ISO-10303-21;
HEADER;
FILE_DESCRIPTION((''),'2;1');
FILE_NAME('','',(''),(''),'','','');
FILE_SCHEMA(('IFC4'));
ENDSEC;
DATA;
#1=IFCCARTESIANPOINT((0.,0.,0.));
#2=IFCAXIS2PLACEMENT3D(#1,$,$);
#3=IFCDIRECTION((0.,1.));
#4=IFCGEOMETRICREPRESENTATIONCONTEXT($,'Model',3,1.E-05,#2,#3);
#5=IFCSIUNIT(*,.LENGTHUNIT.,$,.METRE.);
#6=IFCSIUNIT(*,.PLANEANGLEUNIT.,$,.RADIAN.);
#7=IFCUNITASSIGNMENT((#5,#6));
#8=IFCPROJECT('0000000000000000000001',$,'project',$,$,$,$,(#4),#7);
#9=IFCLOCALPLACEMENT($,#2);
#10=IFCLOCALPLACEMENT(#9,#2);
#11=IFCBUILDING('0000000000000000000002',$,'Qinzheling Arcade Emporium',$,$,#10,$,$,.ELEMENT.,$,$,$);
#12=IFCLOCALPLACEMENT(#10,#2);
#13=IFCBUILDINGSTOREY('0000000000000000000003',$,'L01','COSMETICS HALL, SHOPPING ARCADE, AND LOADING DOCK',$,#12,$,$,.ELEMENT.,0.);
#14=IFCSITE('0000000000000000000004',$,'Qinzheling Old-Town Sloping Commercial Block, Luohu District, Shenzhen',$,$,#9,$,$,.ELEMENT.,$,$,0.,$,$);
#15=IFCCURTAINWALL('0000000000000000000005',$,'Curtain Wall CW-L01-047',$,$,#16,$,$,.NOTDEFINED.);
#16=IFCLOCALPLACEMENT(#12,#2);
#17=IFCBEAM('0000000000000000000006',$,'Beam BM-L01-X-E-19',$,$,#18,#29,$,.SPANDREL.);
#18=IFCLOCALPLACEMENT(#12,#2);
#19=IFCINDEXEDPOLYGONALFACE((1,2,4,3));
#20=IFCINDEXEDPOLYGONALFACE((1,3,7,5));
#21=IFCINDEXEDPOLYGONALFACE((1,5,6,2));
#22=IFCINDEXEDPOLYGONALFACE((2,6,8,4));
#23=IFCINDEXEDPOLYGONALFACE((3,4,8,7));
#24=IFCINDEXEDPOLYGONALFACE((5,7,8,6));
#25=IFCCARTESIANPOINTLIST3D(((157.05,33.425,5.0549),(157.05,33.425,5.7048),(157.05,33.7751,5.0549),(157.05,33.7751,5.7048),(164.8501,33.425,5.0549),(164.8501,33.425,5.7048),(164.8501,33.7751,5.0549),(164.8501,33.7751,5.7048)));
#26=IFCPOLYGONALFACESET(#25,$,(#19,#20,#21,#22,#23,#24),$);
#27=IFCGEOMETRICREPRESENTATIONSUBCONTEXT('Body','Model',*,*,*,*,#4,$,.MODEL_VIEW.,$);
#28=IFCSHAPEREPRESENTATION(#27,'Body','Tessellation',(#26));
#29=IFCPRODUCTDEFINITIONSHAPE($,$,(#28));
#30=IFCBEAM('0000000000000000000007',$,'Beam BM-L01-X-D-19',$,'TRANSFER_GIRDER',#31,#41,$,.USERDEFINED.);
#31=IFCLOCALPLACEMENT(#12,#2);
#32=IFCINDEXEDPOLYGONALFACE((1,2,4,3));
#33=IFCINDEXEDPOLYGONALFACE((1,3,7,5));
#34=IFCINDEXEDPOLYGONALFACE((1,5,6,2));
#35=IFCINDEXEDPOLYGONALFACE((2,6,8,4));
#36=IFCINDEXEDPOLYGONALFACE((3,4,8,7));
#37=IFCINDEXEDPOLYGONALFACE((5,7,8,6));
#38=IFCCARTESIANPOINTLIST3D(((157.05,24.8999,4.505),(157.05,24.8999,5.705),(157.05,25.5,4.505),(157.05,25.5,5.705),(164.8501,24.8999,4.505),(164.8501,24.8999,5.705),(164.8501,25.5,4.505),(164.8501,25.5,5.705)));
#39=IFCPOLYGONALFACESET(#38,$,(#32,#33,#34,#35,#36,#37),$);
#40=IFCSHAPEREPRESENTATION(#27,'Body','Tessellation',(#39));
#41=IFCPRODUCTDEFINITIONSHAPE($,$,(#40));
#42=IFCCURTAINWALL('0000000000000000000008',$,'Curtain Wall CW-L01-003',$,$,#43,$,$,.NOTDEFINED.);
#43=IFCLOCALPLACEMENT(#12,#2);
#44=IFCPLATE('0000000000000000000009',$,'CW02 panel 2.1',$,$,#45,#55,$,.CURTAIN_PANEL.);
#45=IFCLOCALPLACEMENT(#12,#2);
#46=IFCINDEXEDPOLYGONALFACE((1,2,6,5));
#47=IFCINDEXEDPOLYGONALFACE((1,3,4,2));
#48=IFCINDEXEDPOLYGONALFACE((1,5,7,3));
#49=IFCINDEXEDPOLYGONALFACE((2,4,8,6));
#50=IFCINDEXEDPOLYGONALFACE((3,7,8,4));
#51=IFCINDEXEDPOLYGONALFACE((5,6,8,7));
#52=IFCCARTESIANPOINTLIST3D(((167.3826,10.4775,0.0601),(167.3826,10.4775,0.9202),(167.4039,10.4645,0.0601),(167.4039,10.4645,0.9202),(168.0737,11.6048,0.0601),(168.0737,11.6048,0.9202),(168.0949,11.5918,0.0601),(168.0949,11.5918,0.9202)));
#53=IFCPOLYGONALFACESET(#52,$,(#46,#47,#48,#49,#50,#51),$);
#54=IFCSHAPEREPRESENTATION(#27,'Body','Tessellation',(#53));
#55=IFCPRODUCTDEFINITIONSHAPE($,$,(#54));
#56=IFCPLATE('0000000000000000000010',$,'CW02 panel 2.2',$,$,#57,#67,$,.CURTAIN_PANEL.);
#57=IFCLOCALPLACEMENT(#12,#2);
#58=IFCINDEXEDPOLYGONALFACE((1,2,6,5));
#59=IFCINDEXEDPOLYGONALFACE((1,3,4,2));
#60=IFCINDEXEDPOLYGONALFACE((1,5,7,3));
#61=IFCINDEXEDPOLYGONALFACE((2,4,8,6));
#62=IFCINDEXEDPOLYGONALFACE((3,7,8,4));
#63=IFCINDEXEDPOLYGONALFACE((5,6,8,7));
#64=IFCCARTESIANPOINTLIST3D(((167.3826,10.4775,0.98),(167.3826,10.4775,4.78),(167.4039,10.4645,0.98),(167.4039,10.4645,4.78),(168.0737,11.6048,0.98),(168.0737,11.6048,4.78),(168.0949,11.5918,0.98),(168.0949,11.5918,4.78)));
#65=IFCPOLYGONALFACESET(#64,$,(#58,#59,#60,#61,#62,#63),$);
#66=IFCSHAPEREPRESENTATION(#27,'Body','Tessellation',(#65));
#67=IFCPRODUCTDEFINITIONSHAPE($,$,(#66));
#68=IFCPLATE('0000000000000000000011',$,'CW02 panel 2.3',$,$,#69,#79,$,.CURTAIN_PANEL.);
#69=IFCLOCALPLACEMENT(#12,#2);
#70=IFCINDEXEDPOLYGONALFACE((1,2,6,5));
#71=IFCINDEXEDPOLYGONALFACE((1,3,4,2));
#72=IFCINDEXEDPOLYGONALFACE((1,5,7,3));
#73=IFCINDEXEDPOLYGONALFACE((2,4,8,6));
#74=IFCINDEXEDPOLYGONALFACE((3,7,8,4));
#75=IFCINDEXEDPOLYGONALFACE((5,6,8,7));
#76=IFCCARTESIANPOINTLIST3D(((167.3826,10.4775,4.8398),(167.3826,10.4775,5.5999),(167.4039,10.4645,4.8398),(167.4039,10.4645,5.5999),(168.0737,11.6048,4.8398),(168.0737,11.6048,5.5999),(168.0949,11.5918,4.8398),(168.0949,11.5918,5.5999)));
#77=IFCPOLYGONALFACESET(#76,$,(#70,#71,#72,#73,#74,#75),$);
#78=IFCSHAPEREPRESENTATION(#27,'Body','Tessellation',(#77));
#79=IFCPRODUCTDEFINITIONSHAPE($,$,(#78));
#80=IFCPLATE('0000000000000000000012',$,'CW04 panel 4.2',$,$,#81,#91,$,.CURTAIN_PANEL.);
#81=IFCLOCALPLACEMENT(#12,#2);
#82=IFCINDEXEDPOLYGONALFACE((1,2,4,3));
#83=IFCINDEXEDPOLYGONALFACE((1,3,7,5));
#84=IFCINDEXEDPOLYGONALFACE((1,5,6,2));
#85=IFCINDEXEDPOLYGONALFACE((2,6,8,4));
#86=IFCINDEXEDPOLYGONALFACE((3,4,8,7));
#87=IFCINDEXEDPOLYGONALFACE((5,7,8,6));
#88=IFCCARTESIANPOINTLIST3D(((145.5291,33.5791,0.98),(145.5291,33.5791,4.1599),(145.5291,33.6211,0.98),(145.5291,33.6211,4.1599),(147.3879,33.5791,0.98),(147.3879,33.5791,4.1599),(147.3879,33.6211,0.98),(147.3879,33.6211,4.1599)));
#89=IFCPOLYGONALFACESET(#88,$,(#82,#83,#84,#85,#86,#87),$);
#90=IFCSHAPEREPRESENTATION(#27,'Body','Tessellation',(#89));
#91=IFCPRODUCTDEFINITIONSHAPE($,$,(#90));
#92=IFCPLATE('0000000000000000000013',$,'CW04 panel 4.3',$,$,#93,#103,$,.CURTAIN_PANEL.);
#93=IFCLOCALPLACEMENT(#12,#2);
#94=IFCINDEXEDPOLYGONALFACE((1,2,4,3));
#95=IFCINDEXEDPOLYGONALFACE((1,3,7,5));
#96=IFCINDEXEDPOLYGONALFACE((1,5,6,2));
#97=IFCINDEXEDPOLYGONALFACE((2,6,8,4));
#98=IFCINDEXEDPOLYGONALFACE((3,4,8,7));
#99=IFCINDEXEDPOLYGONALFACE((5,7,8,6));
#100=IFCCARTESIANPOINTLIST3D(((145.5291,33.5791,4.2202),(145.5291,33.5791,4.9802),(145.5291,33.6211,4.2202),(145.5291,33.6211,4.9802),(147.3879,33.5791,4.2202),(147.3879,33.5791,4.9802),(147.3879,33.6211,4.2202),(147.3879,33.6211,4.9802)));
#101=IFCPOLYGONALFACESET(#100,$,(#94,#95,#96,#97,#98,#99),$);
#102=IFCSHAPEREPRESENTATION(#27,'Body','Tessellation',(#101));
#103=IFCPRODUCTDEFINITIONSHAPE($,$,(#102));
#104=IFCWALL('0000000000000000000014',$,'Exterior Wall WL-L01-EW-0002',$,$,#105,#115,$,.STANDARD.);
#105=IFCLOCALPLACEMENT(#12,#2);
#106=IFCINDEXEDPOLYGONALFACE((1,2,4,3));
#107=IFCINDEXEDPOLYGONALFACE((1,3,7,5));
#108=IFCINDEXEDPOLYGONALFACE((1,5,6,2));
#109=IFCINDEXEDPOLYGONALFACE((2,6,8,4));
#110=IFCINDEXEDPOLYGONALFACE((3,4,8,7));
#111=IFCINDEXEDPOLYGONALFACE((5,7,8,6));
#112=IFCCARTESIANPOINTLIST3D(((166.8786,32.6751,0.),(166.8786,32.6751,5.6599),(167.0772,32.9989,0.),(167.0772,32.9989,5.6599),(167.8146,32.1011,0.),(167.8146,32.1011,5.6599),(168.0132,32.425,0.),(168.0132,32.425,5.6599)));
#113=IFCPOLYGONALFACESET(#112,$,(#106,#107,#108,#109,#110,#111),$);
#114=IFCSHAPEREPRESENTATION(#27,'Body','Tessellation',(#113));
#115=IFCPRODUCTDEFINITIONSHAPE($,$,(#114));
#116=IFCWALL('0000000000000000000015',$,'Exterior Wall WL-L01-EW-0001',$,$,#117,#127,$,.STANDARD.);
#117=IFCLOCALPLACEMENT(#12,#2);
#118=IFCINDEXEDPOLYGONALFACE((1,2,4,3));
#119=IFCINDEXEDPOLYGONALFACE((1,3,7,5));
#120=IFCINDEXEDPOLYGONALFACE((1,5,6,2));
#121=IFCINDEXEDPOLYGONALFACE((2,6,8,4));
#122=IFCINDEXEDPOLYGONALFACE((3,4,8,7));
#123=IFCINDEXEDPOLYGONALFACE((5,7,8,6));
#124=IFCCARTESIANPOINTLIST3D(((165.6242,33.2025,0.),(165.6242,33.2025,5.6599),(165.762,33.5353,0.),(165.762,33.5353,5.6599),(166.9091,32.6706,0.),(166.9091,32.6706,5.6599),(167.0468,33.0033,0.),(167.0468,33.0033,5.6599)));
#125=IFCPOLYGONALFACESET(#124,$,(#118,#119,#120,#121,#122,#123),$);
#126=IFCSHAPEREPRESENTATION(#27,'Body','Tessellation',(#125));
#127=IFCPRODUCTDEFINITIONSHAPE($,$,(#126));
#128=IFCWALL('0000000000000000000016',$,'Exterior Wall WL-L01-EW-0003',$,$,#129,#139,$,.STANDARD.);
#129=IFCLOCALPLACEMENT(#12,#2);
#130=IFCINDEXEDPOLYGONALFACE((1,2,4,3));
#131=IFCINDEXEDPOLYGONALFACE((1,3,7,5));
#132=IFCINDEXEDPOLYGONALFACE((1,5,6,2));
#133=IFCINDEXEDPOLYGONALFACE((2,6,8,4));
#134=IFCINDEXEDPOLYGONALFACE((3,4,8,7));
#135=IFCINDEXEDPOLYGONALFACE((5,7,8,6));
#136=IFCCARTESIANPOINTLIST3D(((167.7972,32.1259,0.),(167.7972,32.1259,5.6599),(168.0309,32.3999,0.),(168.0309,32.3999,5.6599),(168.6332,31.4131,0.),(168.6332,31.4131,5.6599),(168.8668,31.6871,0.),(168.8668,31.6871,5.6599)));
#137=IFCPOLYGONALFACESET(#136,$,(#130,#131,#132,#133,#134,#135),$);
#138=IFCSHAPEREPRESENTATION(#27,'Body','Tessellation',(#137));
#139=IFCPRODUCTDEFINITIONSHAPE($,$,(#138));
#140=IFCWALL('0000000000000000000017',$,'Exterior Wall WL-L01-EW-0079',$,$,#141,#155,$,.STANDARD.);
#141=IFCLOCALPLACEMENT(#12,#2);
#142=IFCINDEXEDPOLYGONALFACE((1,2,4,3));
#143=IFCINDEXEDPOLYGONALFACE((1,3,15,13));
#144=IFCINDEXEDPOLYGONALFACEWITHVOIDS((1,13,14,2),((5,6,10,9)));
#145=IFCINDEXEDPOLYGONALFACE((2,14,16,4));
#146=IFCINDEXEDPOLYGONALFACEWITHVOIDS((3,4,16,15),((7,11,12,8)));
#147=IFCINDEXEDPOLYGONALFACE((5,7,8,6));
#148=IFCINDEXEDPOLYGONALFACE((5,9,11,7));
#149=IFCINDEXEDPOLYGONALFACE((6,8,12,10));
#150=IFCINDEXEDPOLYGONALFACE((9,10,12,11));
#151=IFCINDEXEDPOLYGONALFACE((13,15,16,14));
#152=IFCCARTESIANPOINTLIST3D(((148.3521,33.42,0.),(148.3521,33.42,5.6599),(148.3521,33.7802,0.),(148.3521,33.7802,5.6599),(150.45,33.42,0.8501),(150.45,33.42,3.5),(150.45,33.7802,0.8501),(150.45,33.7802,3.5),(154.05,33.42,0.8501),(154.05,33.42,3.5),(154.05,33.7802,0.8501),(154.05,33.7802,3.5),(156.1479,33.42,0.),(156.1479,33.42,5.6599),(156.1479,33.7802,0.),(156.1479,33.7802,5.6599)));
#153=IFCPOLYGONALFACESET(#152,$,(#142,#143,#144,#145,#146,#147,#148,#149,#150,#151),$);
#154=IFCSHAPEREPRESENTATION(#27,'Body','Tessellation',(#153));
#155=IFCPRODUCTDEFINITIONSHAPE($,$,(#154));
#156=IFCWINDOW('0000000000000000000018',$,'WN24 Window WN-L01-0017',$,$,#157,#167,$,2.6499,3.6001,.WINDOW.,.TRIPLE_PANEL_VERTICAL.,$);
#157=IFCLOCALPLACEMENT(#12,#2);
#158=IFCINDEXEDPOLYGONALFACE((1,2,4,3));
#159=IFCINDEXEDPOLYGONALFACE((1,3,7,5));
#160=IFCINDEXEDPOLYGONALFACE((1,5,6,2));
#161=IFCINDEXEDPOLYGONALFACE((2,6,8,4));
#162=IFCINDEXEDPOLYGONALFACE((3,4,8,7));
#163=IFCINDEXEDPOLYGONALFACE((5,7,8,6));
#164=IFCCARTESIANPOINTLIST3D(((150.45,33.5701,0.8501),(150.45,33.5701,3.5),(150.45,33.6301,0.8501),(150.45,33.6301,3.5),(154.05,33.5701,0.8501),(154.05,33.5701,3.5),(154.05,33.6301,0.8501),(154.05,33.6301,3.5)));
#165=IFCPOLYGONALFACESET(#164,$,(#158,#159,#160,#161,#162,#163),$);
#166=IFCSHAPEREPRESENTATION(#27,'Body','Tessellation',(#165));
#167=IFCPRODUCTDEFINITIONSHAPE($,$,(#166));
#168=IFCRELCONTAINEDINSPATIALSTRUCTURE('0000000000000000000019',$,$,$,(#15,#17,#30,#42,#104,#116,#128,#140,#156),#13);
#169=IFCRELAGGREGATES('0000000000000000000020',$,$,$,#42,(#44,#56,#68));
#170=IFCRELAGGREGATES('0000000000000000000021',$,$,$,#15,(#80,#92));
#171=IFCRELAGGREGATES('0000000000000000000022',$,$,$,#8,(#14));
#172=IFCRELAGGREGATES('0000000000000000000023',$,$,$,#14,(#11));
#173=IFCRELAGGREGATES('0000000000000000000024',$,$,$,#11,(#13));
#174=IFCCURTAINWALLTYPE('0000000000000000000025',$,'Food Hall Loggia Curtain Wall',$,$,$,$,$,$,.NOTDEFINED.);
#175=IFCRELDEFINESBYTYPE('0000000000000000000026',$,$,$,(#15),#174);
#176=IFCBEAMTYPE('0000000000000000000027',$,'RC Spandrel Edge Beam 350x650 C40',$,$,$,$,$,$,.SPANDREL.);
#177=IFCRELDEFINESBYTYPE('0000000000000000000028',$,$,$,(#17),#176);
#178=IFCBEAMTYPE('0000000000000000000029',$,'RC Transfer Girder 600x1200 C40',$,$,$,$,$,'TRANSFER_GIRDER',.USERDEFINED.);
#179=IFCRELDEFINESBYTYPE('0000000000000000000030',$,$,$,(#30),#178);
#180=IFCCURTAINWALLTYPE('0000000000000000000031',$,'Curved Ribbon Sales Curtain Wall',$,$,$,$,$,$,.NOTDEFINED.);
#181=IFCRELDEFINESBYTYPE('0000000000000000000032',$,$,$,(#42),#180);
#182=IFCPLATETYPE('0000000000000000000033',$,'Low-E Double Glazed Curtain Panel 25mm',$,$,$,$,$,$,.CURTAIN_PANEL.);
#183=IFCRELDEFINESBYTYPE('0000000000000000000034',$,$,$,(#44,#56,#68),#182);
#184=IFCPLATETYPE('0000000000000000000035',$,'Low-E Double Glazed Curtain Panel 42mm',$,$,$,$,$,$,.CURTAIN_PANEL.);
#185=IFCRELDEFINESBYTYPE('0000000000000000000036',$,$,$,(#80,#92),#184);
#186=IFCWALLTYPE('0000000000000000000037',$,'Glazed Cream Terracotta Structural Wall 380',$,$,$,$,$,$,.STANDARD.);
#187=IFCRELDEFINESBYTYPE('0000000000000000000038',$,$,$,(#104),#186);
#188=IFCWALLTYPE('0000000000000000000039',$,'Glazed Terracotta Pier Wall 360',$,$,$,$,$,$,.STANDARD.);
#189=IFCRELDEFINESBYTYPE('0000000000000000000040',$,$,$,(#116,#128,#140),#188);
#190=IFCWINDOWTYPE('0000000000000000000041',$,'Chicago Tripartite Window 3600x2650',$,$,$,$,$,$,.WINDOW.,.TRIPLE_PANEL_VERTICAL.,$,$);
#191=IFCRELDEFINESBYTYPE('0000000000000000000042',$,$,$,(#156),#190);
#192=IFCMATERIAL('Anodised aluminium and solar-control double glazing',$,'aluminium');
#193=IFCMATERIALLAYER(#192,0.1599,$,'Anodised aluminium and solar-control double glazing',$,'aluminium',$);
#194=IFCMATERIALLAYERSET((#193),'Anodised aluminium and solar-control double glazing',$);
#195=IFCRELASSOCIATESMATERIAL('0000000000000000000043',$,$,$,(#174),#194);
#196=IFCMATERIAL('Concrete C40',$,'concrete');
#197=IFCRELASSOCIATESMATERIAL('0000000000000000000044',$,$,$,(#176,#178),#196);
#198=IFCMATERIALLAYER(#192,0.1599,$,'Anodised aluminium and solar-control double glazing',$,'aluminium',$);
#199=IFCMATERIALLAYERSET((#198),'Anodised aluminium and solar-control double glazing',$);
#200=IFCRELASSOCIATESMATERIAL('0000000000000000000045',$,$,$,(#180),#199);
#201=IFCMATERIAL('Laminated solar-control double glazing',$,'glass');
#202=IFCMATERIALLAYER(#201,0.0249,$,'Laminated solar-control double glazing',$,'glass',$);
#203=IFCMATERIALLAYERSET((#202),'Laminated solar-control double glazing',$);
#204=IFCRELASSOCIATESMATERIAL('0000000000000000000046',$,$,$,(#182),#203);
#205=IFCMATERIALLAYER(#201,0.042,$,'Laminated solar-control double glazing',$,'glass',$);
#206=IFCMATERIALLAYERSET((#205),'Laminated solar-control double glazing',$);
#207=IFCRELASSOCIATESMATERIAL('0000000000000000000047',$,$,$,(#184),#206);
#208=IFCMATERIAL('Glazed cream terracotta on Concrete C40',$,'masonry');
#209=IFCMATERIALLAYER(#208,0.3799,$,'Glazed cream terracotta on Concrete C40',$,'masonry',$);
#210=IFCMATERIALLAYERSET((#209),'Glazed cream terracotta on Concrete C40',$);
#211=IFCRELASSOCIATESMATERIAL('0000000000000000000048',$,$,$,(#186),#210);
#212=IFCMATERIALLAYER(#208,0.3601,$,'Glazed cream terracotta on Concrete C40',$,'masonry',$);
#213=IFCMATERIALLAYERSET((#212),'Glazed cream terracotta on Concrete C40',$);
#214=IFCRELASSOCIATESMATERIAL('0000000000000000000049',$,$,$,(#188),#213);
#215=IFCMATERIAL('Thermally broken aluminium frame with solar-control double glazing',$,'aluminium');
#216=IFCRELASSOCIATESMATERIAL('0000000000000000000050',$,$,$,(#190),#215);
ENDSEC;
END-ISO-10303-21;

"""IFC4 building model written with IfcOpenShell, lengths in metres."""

from ifc_helpers import new_model, si_unit, direction, frame, frame_2d, origin, origin_2d, place, context, subcontext, project, spatial, rectangle, extrude, material, layer, layer_set, material_profile, profile_set, type_object, element, fill, aggregate, save


model = new_model("IFC4")

# Units and contexts
model_context = context("Model", 3, precision=1e-05, world=origin(), true_north=direction((0.0, 1.0)))
body_context = subcontext(model_context, "Body", "Model", "MODEL_VIEW")
ifc_project = project(units=[si_unit("LENGTHUNIT", "METRE"), si_unit("PLANEANGLEUNIT", "RADIAN")], contexts=[model_context])

# Site, building, storey
site_placement = place(None, origin())
site = spatial("IfcSite", under=ifc_project, at=site_placement, Name="Qinzheling Old-Town Sloping Commercial Block, Luohu District, Shenzhen", CompositionType="ELEMENT", RefElevation=0.0)
building_placement = place(site_placement, origin())
building = spatial("IfcBuilding", under=site, at=building_placement, Name="Qinzheling Arcade Emporium", CompositionType="ELEMENT")
storey_placement = place(building_placement, origin())
storey = spatial("IfcBuildingStorey", under=building, at=storey_placement, Name="L01", Description="COSMETICS HALL, SHOPPING ARCADE, AND LOADING DOCK", CompositionType="ELEMENT", Elevation=0.0)

# Curtain wall
ifc_material_1 = material(Name="Anodised aluminium and solar-control double glazing", Category="aluminium")
ifc_layer_1 = layer(ifc_material_1, 0.1599, Name="Anodised aluminium and solar-control double glazing", Category="aluminium")
ifc_layer_set_1 = layer_set([ifc_layer_1], Name="Anodised aluminium and solar-control double glazing")
curtain_wall_type_1 = type_object("IfcCurtainWallType", Name="Food Hall Loggia Curtain Wall", PredefinedType="NOTDEFINED", material=ifc_layer_set_1)
curtain_wall_1_placement = place(storey_placement, origin())
curtain_wall_1 = element("IfcCurtainWall", 1, at=curtain_wall_1_placement, inside=storey, type_object=curtain_wall_type_1, Name="Curtain Wall CW-L01-047", PredefinedType="NOTDEFINED")

# Beams
ifc_material_2 = material(Name="Concrete C40", Category="concrete")
ifc_material_profile_1 = material_profile(ifc_material_2, rectangle(XDim=0.3501, YDim=0.6499, at=origin_2d()), Name="RC 350x650", Category="concrete")
ifc_profile_set_1 = profile_set([ifc_material_profile_1], Name="Concrete C40")
beam_type_1 = type_object("IfcBeamType", Name="RC Spandrel Edge Beam 350x650 C40", PredefinedType="SPANDREL", material=ifc_profile_set_1)
beam_1_placement = place(storey_placement, frame((157.05, 33.6001, 5.3799), z_axis=(1.0, 0.0, 0.0), x_axis=(0.0, 1.0, 0.0)))
element("IfcBeam", 2, at=beam_1_placement, inside=storey, type_object=beam_type_1, Name="Beam BM-L01-X-E-19", PredefinedType="SPANDREL", context=body_context, shape_type="SweptSolid", body=[
    extrude(rectangle(XDim=0.3501, YDim=0.6499, at=origin_2d()), origin(), (0.0, 0.0, 1.0), 7.8),
])
ifc_material_profile_2 = material_profile(ifc_material_2, rectangle(XDim=0.6001, YDim=1.2, at=origin_2d()), Name="RC 600x1200", Category="concrete")
ifc_profile_set_2 = profile_set([ifc_material_profile_2], Name="Concrete C40")
beam_type_2 = type_object("IfcBeamType", Name="RC Transfer Girder 600x1200 C40", ElementType="TRANSFER_GIRDER", PredefinedType="USERDEFINED", material=ifc_profile_set_2)
beam_2_placement = place(storey_placement, frame((157.05, 25.2, 5.105), z_axis=(1.0, 0.0, 0.0), x_axis=(0.0, 1.0, 0.0)))
element("IfcBeam", 3, at=beam_2_placement, inside=storey, type_object=beam_type_2, Name="Beam BM-L01-X-D-19", ObjectType="TRANSFER_GIRDER", PredefinedType="USERDEFINED", context=body_context, shape_type="SweptSolid", body=[
    extrude(rectangle(XDim=0.6001, YDim=1.2, at=origin_2d()), origin(), (0.0, 0.0, 1.0), 7.8),
])

# Curtain wall, plates
ifc_layer_2 = layer(ifc_material_1, 0.1599, Name="Anodised aluminium and solar-control double glazing", Category="aluminium")
ifc_layer_set_2 = layer_set([ifc_layer_2], Name="Anodised aluminium and solar-control double glazing")
curtain_wall_type_2 = type_object("IfcCurtainWallType", Name="Curved Ribbon Sales Curtain Wall", PredefinedType="NOTDEFINED", material=ifc_layer_set_2)
curtain_wall_2_placement = place(storey_placement, origin())
curtain_wall_2 = element("IfcCurtainWall", 4, at=curtain_wall_2_placement, inside=storey, type_object=curtain_wall_type_2, Name="Curtain Wall CW-L01-003", PredefinedType="NOTDEFINED")
ifc_material_3 = material(Name="Laminated solar-control double glazing", Category="glass")
ifc_layer_3 = layer(ifc_material_3, 0.0249, Name="Laminated solar-control double glazing", Category="glass")
ifc_layer_set_3 = layer_set([ifc_layer_3], Name="Laminated solar-control double glazing")
plate_type_1 = type_object("IfcPlateType", Name="Low-E Double Glazed Curtain Panel 25mm", PredefinedType="CURTAIN_PANEL", material=ifc_layer_set_3)
plate_1_placement = place(storey_placement, frame((167.7388, 11.0347, 0.0601), z_axis=(0.0, 0.0, 1.0), x_axis=(-0.522595, -0.852581, 0.0)))
plate_1 = element("IfcPlate", 5, at=plate_1_placement, type_object=plate_type_1, Name="CW02 panel 2.1", PredefinedType="CURTAIN_PANEL", context=body_context, shape_type="SweptSolid", body=[
    extrude(rectangle(XDim=1.3223, YDim=0.0249, at=origin_2d()), origin(), (0.0, 0.0, 1.0), 0.8601),
])
plate_2_placement = place(storey_placement, frame((167.7388, 11.0347, 0.98), z_axis=(0.0, 0.0, 1.0), x_axis=(-0.522595, -0.852581, 0.0)))
plate_2 = element("IfcPlate", 6, at=plate_2_placement, type_object=plate_type_1, Name="CW02 panel 2.2", PredefinedType="CURTAIN_PANEL", context=body_context, shape_type="SweptSolid", body=[
    extrude(rectangle(XDim=1.3223, YDim=0.0249, at=origin_2d()), origin(), (0.0, 0.0, 1.0), 3.8),
])
plate_3_placement = place(storey_placement, frame((167.7388, 11.0347, 4.8398), z_axis=(0.0, 0.0, 1.0), x_axis=(-0.522595, -0.852581, 0.0)))
plate_3 = element("IfcPlate", 7, at=plate_3_placement, type_object=plate_type_1, Name="CW02 panel 2.3", PredefinedType="CURTAIN_PANEL", context=body_context, shape_type="SweptSolid", body=[
    extrude(rectangle(XDim=1.3223, YDim=0.0249, at=origin_2d()), origin(), (0.0, 0.0, 1.0), 0.76),
])
aggregate(curtain_wall_2, [plate_1, plate_2, plate_3])

# Plates
ifc_layer_4 = layer(ifc_material_3, 0.042, Name="Laminated solar-control double glazing", Category="glass")
ifc_layer_set_4 = layer_set([ifc_layer_4], Name="Laminated solar-control double glazing")
plate_type_2 = type_object("IfcPlateType", Name="Low-E Double Glazed Curtain Panel 42mm", PredefinedType="CURTAIN_PANEL", material=ifc_layer_set_4)
plate_4_placement = place(storey_placement, frame((146.4585, 33.6001, 0.98), z_axis=(0.0, 0.0, 1.0), x_axis=(1.0, 0.0, 0.0)))
plate_4 = element("IfcPlate", 8, at=plate_4_placement, type_object=plate_type_2, Name="CW04 panel 4.2", PredefinedType="CURTAIN_PANEL", context=body_context, shape_type="SweptSolid", body=[
    extrude(rectangle(XDim=1.8589, YDim=0.042, at=origin_2d()), origin(), (0.0, 0.0, 1.0), 3.1799),
])
plate_5_placement = place(storey_placement, frame((146.4585, 33.6001, 4.2202), z_axis=(0.0, 0.0, 1.0), x_axis=(1.0, 0.0, 0.0)))
plate_5 = element("IfcPlate", 9, at=plate_5_placement, type_object=plate_type_2, Name="CW04 panel 4.3", PredefinedType="CURTAIN_PANEL", context=body_context, shape_type="SweptSolid", body=[
    extrude(rectangle(XDim=1.8589, YDim=0.042, at=origin_2d()), origin(), (0.0, 0.0, 1.0), 0.76),
])
aggregate(curtain_wall_1, [plate_4, plate_5])

# Walls
ifc_material_4 = material(Name="Glazed cream terracotta on Concrete C40", Category="masonry")
ifc_layer_5 = layer(ifc_material_4, 0.3799, Name="Glazed cream terracotta on Concrete C40", Category="masonry")
ifc_layer_set_5 = layer_set([ifc_layer_5], Name="Glazed cream terracotta on Concrete C40")
wall_type_1 = type_object("IfcWallType", Name="Glazed Cream Terracotta Structural Wall 380", PredefinedType="STANDARD", material=ifc_layer_set_5)
wall_1_placement = place(storey_placement, frame((166.978, 32.8369, 0.0), z_axis=(0.0, 0.0, 1.0), x_axis=(0.852489, -0.522745, 0.0)))
element("IfcWall", 10, at=wall_1_placement, inside=storey, type_object=wall_type_1, Name="Exterior Wall WL-L01-EW-0002", PredefinedType="STANDARD", context=body_context, shape_type="SweptSolid", body=[
    extrude(rectangle(XDim=1.0979, YDim=0.3799, at=frame_2d((0.5488, 0.0))), origin(), (0.0, 0.0, 1.0), 5.6599),
])
ifc_layer_6 = layer(ifc_material_4, 0.3601, Name="Glazed cream terracotta on Concrete C40", Category="masonry")
ifc_layer_set_6 = layer_set([ifc_layer_6], Name="Glazed cream terracotta on Concrete C40")
wall_type_2 = type_object("IfcWallType", Name="Glazed Terracotta Pier Wall 360", PredefinedType="STANDARD", material=ifc_layer_set_6)
wall_2_placement = place(storey_placement, frame((165.6931, 33.3689, 0.0), z_axis=(0.0, 0.0, 1.0), x_axis=(0.923942, -0.382533, 0.0)))
element("IfcWall", 11, at=wall_2_placement, inside=storey, type_object=wall_type_2, Name="Exterior Wall WL-L01-EW-0001", PredefinedType="STANDARD", context=body_context, shape_type="SweptSolid", body=[
    extrude(rectangle(XDim=1.3906, YDim=0.3601, at=frame_2d((0.6953, 0.0))), origin(), (0.0, 0.0, 1.0), 5.6599),
])
wall_3_placement = place(storey_placement, frame((167.9141, 32.2629, 0.0), z_axis=(0.0, 0.0, 1.0), x_axis=(0.760886, -0.648886, 0.0)))
element("IfcWall", 12, at=wall_3_placement, inside=storey, type_object=wall_type_2, Name="Exterior Wall WL-L01-EW-0003", PredefinedType="STANDARD", context=body_context, shape_type="SweptSolid", body=[
    extrude(rectangle(XDim=1.0986, YDim=0.3601, at=frame_2d((0.5493, 0.0))), origin(), (0.0, 0.0, 1.0), 5.6599),
])

# Wall, opening, window
wall_4_placement = place(storey_placement, frame((148.3521, 33.6001, 0.0), z_axis=(0.0, 0.0, 1.0), x_axis=(1.0, 0.0, 0.0)))
wall_4 = element("IfcWall", 13, at=wall_4_placement, inside=storey, type_object=wall_type_2, Name="Exterior Wall WL-L01-EW-0079", PredefinedType="STANDARD", context=body_context, shape_type="SweptSolid", body=[
    extrude(rectangle(XDim=7.7959, YDim=0.3601, at=frame_2d((3.8979, 0.0))), origin(), (0.0, 0.0, 1.0), 5.6599),
])
opening_1_placement = place(wall_4_placement, frame((2.0979, 0.0, 0.8501)))
opening_1 = element("IfcOpeningElement", 14, at=opening_1_placement, cuts=wall_4, PredefinedType="OPENING", context=body_context, shape_type="SweptSolid", body=[
    extrude(rectangle(XDim=3.6001, YDim=2.6499, at=frame_2d((1.8, 1.325))), frame((0.0, 0.1899, 0.0), z_axis=(0.0, -1.0, 0.0), x_axis=(1.0, 0.0, 0.0)), (0.0, 0.0, 1.0), 0.3801),
])
ifc_material_5 = material(Name="Thermally broken aluminium frame with solar-control double glazing", Category="aluminium")
window_type = type_object("IfcWindowType", Name="Chicago Tripartite Window 3600x2650", PartitioningType="TRIPLE_PANEL_VERTICAL", PredefinedType="WINDOW", material=ifc_material_5)
window_placement = place(opening_1_placement, origin())
window = element("IfcWindow", 15, at=window_placement, inside=storey, type_object=window_type, Name="WN24 Window WN-L01-0017", OverallHeight=2.6499, OverallWidth=3.6001, PartitioningType="TRIPLE_PANEL_VERTICAL", PredefinedType="WINDOW", context=body_context, shape_type="SweptSolid", body=[
    extrude(rectangle(XDim=3.6001, YDim=2.6499, at=frame_2d((1.8, 1.325))), frame((0.0, 0.03, 0.0), z_axis=(0.0, -1.0, 0.0), x_axis=(1.0, 0.0, 0.0)), (0.0, 0.0, 1.0), 0.0601),
])
fill(opening_1, window)

save(model, "model.ifc")
